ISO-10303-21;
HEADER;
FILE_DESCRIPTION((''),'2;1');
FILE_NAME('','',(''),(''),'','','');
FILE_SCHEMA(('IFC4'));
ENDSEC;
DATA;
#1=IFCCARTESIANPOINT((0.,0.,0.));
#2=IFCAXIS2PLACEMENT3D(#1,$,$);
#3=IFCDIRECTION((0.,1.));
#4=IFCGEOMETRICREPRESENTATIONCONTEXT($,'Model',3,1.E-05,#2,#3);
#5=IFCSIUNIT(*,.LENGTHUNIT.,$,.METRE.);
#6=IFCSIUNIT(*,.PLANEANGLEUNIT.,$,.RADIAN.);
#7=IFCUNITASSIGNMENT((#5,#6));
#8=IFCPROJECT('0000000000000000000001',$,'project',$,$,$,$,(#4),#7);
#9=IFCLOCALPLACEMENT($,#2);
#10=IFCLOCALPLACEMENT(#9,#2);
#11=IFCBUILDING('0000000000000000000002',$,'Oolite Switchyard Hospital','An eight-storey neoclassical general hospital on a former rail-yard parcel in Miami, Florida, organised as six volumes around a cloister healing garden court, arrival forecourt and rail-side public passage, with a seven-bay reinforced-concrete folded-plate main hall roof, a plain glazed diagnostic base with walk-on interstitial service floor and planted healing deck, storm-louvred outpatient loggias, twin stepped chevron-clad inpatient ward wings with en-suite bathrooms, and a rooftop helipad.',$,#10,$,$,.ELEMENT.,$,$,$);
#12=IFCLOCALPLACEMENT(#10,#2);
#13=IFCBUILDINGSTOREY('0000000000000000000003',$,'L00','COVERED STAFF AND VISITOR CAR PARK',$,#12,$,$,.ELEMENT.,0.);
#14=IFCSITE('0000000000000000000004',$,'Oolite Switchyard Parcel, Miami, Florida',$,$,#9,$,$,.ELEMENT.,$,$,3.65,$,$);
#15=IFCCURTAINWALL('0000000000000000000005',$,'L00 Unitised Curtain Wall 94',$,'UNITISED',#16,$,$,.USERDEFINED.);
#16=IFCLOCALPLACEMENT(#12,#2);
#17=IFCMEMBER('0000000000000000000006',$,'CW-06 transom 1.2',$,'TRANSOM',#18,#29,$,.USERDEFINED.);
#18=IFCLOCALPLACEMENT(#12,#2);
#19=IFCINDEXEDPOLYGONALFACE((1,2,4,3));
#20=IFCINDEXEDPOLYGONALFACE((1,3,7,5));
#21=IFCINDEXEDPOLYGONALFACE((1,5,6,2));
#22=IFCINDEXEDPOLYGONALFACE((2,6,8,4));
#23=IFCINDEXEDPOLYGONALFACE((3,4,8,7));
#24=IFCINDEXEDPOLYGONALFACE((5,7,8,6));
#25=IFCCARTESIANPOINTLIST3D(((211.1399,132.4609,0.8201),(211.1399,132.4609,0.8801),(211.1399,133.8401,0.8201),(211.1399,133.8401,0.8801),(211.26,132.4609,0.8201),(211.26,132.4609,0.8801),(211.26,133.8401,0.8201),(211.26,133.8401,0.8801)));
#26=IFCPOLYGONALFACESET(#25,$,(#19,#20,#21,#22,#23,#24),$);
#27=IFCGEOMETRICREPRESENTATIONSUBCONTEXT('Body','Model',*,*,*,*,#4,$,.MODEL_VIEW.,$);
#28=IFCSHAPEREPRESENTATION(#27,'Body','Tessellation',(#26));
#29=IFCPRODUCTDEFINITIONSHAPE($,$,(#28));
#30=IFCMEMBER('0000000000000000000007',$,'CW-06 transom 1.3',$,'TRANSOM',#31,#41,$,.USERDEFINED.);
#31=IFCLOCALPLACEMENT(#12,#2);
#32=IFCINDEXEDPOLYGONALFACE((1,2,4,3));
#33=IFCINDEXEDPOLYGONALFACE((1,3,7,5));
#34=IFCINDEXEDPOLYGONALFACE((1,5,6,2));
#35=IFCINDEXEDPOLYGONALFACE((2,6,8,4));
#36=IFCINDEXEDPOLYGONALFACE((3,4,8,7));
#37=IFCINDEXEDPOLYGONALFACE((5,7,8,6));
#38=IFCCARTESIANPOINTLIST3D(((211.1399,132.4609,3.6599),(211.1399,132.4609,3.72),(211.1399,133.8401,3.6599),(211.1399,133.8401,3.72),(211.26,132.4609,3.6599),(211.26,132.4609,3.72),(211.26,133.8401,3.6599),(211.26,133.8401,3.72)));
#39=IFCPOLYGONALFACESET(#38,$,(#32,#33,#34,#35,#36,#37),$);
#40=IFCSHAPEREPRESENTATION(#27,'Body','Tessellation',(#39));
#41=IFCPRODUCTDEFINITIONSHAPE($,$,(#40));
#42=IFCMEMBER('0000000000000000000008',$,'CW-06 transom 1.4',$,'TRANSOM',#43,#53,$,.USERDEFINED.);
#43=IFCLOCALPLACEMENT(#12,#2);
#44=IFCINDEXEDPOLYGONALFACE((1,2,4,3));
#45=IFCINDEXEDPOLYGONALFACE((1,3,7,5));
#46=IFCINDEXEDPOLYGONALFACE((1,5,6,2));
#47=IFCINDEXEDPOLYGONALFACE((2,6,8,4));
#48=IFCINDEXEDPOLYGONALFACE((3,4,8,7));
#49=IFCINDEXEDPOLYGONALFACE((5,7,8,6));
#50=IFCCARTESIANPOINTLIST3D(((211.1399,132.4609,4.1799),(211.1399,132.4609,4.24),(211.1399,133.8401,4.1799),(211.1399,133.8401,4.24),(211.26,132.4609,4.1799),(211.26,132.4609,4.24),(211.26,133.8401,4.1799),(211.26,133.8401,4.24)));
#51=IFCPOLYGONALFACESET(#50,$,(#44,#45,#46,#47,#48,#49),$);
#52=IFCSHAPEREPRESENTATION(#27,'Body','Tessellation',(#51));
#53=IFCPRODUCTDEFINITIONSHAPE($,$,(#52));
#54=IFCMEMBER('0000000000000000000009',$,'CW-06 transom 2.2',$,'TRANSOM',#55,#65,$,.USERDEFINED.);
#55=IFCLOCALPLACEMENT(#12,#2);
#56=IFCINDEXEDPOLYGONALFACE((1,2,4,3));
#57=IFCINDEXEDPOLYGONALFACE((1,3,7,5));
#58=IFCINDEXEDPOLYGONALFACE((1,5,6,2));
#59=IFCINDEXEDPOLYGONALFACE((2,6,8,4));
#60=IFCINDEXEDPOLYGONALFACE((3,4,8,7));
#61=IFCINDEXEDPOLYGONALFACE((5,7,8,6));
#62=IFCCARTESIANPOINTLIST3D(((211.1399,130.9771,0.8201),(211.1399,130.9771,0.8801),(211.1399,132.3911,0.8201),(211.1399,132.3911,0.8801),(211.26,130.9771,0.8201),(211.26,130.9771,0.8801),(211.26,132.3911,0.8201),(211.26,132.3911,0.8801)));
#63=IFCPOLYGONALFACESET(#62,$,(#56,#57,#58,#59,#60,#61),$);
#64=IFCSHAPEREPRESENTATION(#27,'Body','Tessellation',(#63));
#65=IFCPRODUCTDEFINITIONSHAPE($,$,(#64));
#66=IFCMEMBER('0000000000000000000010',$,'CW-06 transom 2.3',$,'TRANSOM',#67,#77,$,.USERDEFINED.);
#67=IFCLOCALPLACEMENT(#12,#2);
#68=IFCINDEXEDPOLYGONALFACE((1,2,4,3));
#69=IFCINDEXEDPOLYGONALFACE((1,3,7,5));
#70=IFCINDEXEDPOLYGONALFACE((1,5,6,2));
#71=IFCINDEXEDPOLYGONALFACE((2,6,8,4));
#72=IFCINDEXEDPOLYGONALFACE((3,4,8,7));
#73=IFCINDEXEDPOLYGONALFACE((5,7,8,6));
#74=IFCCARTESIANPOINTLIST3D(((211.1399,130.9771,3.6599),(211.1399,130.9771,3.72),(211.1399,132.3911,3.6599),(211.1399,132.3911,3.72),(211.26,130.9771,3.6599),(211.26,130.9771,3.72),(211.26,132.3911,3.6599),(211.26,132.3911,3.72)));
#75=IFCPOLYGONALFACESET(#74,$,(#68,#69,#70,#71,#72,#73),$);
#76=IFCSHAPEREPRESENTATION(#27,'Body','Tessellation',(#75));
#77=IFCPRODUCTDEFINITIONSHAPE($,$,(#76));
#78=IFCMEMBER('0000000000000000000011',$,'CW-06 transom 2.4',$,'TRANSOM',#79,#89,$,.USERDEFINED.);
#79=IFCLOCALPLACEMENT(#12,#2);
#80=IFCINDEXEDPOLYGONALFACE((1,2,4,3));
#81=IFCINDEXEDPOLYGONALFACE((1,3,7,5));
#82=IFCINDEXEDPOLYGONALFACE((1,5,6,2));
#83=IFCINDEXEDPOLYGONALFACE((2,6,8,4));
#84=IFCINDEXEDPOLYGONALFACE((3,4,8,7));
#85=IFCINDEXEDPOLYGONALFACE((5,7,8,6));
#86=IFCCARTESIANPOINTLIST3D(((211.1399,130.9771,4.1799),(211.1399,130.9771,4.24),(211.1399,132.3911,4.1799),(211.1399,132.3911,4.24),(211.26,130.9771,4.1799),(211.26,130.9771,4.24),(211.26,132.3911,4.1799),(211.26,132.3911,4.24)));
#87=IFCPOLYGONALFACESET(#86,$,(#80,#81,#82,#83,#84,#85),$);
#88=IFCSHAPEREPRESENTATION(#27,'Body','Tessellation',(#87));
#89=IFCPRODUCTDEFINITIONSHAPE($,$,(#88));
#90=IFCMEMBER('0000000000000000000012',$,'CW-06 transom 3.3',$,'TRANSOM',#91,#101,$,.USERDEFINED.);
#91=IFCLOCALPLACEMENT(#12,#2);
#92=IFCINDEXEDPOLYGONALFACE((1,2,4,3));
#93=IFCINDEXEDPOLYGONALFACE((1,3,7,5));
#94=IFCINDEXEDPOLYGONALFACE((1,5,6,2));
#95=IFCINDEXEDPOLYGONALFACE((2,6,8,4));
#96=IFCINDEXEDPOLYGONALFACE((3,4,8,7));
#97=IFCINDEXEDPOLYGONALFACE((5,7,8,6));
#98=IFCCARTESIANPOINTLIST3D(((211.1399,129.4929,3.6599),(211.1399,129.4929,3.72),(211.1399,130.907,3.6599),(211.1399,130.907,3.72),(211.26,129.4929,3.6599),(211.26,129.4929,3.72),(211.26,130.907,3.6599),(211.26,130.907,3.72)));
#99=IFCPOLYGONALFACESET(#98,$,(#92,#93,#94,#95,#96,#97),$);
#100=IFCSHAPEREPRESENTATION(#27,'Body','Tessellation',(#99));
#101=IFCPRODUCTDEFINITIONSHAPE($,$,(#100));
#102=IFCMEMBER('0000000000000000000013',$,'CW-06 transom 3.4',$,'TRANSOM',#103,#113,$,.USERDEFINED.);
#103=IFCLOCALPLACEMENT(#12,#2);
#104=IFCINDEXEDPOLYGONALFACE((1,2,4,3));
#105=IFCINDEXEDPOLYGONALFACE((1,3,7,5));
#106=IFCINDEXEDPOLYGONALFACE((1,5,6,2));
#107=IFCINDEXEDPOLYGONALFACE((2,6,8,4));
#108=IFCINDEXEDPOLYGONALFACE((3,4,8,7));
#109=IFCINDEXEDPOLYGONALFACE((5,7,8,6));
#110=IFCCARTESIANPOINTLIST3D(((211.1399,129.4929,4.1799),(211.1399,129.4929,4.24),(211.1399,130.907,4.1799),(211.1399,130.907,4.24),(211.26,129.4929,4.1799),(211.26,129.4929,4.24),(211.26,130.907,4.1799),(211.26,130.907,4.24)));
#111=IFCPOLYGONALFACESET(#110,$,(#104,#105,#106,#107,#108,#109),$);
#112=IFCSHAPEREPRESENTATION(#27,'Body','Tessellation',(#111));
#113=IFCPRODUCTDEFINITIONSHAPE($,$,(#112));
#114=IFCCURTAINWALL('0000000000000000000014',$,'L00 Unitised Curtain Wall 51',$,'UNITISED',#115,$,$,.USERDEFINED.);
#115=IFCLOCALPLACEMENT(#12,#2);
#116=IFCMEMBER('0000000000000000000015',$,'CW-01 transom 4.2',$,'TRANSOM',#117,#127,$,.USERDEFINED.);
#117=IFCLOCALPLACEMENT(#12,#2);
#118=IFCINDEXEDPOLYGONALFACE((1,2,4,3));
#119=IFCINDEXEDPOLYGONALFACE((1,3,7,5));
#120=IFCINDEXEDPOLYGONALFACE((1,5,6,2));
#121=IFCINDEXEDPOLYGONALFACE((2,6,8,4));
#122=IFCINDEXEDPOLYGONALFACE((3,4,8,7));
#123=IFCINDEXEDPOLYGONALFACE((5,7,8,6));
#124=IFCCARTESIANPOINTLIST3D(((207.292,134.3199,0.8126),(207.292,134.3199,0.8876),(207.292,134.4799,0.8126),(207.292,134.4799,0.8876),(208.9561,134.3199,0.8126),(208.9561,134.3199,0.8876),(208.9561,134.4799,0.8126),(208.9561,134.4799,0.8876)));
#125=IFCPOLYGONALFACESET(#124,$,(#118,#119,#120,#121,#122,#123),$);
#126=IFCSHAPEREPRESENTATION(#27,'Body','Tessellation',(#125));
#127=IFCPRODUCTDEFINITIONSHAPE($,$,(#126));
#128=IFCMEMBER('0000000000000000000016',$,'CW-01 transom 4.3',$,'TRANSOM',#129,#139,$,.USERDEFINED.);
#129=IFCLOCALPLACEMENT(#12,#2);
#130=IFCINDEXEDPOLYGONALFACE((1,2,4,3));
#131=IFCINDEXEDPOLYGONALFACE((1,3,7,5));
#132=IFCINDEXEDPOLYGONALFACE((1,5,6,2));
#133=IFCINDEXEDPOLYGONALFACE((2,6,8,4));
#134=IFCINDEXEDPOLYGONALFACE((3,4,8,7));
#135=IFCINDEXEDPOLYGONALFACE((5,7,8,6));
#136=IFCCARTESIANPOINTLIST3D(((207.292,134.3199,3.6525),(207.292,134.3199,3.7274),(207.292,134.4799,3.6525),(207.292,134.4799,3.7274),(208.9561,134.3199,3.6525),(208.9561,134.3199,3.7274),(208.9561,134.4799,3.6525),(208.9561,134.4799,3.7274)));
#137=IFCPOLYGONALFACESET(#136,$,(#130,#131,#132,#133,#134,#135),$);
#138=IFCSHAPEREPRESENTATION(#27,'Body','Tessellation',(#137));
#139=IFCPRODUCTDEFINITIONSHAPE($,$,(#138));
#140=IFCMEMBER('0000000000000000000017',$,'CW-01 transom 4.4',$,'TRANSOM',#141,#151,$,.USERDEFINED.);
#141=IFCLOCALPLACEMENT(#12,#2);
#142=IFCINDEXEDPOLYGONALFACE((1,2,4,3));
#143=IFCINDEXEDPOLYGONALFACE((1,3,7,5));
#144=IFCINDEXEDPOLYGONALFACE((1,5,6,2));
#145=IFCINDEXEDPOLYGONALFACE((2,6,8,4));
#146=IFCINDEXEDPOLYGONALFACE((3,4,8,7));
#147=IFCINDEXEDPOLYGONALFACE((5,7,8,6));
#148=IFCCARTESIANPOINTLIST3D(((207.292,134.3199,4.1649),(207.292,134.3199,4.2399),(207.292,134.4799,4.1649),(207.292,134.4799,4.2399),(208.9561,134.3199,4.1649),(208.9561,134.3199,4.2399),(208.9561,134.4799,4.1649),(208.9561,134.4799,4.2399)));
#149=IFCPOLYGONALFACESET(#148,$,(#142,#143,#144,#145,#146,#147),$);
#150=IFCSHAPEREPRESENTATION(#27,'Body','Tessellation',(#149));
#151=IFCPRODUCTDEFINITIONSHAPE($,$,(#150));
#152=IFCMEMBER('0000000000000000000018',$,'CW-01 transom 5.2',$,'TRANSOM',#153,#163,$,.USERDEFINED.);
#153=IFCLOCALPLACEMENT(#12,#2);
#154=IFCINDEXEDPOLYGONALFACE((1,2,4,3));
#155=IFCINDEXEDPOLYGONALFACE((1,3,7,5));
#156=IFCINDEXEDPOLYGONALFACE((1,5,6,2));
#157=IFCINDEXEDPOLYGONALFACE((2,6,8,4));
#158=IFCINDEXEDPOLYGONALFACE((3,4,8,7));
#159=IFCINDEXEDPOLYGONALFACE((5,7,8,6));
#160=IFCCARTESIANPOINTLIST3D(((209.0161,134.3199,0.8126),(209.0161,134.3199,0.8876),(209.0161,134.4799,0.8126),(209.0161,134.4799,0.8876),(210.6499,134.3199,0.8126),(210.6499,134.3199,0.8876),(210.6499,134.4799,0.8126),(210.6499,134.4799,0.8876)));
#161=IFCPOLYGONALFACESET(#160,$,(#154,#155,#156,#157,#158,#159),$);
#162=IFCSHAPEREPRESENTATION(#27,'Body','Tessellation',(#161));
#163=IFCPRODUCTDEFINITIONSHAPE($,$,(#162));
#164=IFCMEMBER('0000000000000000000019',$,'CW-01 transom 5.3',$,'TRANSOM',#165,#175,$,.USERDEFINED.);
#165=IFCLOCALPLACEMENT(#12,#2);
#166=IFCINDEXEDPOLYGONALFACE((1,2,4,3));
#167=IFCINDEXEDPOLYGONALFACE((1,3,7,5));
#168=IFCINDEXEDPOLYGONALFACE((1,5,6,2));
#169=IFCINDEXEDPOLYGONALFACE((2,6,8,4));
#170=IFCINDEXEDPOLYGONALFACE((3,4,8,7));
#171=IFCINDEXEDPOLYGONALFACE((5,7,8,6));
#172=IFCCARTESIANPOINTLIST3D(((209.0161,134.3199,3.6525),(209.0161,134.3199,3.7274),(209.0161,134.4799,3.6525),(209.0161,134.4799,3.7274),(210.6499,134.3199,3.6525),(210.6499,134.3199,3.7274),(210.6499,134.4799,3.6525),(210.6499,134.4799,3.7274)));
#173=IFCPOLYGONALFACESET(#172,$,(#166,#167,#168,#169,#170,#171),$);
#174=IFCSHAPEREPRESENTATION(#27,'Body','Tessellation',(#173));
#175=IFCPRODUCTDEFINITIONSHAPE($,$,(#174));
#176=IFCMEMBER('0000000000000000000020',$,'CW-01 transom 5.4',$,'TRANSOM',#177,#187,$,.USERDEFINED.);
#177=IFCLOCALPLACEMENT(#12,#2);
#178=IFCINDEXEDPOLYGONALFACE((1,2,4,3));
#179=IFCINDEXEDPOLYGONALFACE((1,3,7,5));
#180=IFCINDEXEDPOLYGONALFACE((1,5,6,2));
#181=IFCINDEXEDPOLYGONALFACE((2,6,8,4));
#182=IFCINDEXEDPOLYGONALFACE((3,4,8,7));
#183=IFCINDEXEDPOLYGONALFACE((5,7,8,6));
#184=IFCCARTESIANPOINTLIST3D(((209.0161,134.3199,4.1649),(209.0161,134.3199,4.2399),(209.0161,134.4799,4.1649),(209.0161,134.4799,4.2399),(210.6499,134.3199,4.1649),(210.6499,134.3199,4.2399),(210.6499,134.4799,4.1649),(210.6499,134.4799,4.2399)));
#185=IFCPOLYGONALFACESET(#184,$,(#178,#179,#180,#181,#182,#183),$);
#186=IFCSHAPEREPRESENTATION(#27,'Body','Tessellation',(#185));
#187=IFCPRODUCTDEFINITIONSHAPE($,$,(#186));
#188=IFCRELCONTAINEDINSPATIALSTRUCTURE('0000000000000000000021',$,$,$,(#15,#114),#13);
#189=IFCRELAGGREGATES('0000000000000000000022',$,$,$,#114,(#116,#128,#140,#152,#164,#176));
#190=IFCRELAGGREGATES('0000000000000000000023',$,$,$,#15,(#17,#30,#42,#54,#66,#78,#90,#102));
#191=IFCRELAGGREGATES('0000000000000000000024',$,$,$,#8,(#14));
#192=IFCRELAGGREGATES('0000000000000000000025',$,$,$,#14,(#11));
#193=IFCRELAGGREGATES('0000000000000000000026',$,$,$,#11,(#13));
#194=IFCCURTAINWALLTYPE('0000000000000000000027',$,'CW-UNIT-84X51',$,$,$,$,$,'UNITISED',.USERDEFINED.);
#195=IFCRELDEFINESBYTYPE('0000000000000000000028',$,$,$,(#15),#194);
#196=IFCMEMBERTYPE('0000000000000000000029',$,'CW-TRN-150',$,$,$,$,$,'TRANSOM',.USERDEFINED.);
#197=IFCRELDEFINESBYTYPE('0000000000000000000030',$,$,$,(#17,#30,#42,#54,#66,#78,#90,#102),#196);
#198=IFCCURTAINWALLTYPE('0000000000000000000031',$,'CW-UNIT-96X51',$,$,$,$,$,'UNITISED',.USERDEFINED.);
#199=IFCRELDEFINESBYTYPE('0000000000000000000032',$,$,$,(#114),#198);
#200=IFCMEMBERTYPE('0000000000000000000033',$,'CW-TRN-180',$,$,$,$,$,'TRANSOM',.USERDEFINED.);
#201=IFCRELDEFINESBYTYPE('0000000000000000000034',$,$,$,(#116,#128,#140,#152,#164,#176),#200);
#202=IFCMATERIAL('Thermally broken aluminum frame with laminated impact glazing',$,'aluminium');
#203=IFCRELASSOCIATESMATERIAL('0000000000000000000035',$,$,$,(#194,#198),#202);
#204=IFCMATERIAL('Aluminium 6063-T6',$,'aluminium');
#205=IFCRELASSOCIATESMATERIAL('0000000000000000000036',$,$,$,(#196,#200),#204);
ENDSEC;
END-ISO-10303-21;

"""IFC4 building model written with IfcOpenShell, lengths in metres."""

from ifc_helpers import new_model, si_unit, direction, frame, origin, origin_2d, place, context, subcontext, project, spatial, rectangle, extrude, material, material_profile, profile_set, type_object, element, aggregate, save


model = new_model("IFC4")

# Units and contexts
model_context = context("Model", 3, precision=1e-05, world=origin(), true_north=direction((0.0, 1.0)))
body_context = subcontext(model_context, "Body", "Model", "MODEL_VIEW")
ifc_project = project(units=[si_unit("LENGTHUNIT", "METRE"), si_unit("PLANEANGLEUNIT", "RADIAN")], contexts=[model_context])

# Site, building, storey
site_placement = place(None, origin())
site = spatial("IfcSite", under=ifc_project, at=site_placement, Name="Oolite Switchyard Parcel, Miami, Florida", CompositionType="ELEMENT", RefElevation=3.65)
building_placement = place(site_placement, origin())
building = spatial("IfcBuilding", under=site, at=building_placement, Name="Oolite Switchyard Hospital", Description="An eight-storey neoclassical general hospital on a former rail-yard parcel in Miami, Florida, organised as six volumes around a cloister healing garden court, arrival forecourt and rail-side public passage, with a seven-bay reinforced-concrete folded-plate main hall roof, a plain glazed diagnostic base with walk-on interstitial service floor and planted healing deck, storm-louvred outpatient loggias, twin stepped chevron-clad inpatient ward wings with en-suite bathrooms, and a rooftop helipad.", CompositionType="ELEMENT")
storey_placement = place(building_placement, origin())
storey = spatial("IfcBuildingStorey", under=building, at=storey_placement, Name="L00", Description="COVERED STAFF AND VISITOR CAR PARK", CompositionType="ELEMENT", Elevation=0.0)

# Curtain wall, members
ifc_material_1 = material(Name="Thermally broken aluminum frame with laminated impact glazing", Category="aluminium")
curtain_wall_type_1 = type_object("IfcCurtainWallType", Name="CW-UNIT-84X51", ElementType="UNITISED", PredefinedType="USERDEFINED", material=ifc_material_1)
curtain_wall_1_placement = place(storey_placement, origin())
curtain_wall_1 = element("IfcCurtainWall", 1, at=curtain_wall_1_placement, inside=storey, type_object=curtain_wall_type_1, Name="L00 Unitised Curtain Wall 94", ObjectType="UNITISED", PredefinedType="USERDEFINED")
ifc_material_2 = material(Name="Aluminium 6063-T6", Category="aluminium")
ifc_material_profile_1 = material_profile(ifc_material_2, rectangle(XDim=0.1201, YDim=0.0601, at=origin_2d()), Name="CWT60X120")
ifc_profile_set_1 = profile_set([ifc_material_profile_1], Name="Aluminium 6063-T6")
member_type_1 = type_object("IfcMemberType", Name="CW-TRN-150", ElementType="TRANSOM", PredefinedType="USERDEFINED", material=ifc_profile_set_1)
member_1_placement = place(storey_placement, frame((211.2, 133.8401, 0.8501), z_axis=(0.0, -1.0, 0.0), x_axis=(1.0, 0.0, 0.0)))
member_1 = element("IfcMember", 2, at=member_1_placement, type_object=member_type_1, Name="CW-06 transom 1.2", ObjectType="TRANSOM", PredefinedType="USERDEFINED", context=body_context, shape_type="SweptSolid", body=[
    extrude(rectangle(XDim=0.1201, YDim=0.0601, at=origin_2d()), origin(), (0.0, 0.0, 1.0), 1.3792),
])
member_2_placement = place(storey_placement, frame((211.2, 133.8401, 3.6899), z_axis=(0.0, -1.0, 0.0), x_axis=(1.0, 0.0, 0.0)))
member_2 = element("IfcMember", 3, at=member_2_placement, type_object=member_type_1, Name="CW-06 transom 1.3", ObjectType="TRANSOM", PredefinedType="USERDEFINED", context=body_context, shape_type="SweptSolid", body=[
    extrude(rectangle(XDim=0.1201, YDim=0.0601, at=origin_2d()), origin(), (0.0, 0.0, 1.0), 1.3792),
])
member_3_placement = place(storey_placement, frame((211.2, 133.8401, 4.21), z_axis=(0.0, -1.0, 0.0), x_axis=(1.0, 0.0, 0.0)))
member_3 = element("IfcMember", 4, at=member_3_placement, type_object=member_type_1, Name="CW-06 transom 1.4", ObjectType="TRANSOM", PredefinedType="USERDEFINED", context=body_context, shape_type="SweptSolid", body=[
    extrude(rectangle(XDim=0.1201, YDim=0.0601, at=origin_2d()), origin(), (0.0, 0.0, 1.0), 1.3792),
])
member_4_placement = place(storey_placement, frame((211.2, 132.3911, 0.8501), z_axis=(0.0, -1.0, 0.0), x_axis=(1.0, 0.0, 0.0)))
member_4 = element("IfcMember", 5, at=member_4_placement, type_object=member_type_1, Name="CW-06 transom 2.2", ObjectType="TRANSOM", PredefinedType="USERDEFINED", context=body_context, shape_type="SweptSolid", body=[
    extrude(rectangle(XDim=0.1201, YDim=0.0601, at=origin_2d()), origin(), (0.0, 0.0, 1.0), 1.4141),
])
member_5_placement = place(storey_placement, frame((211.2, 132.3911, 3.6899), z_axis=(0.0, -1.0, 0.0), x_axis=(1.0, 0.0, 0.0)))
member_5 = element("IfcMember", 6, at=member_5_placement, type_object=member_type_1, Name="CW-06 transom 2.3", ObjectType="TRANSOM", PredefinedType="USERDEFINED", context=body_context, shape_type="SweptSolid", body=[
    extrude(rectangle(XDim=0.1201, YDim=0.0601, at=origin_2d()), origin(), (0.0, 0.0, 1.0), 1.4141),
])
member_6_placement = place(storey_placement, frame((211.2, 132.3911, 4.21), z_axis=(0.0, -1.0, 0.0), x_axis=(1.0, 0.0, 0.0)))
member_6 = element("IfcMember", 7, at=member_6_placement, type_object=member_type_1, Name="CW-06 transom 2.4", ObjectType="TRANSOM", PredefinedType="USERDEFINED", context=body_context, shape_type="SweptSolid", body=[
    extrude(rectangle(XDim=0.1201, YDim=0.0601, at=origin_2d()), origin(), (0.0, 0.0, 1.0), 1.4141),
])
member_7_placement = place(storey_placement, frame((211.2, 130.907, 3.6899), z_axis=(0.0, -1.0, 0.0), x_axis=(1.0, 0.0, 0.0)))
member_7 = element("IfcMember", 8, at=member_7_placement, type_object=member_type_1, Name="CW-06 transom 3.3", ObjectType="TRANSOM", PredefinedType="USERDEFINED", context=body_context, shape_type="SweptSolid", body=[
    extrude(rectangle(XDim=0.1201, YDim=0.0601, at=origin_2d()), origin(), (0.0, 0.0, 1.0), 1.4141),
])
member_8_placement = place(storey_placement, frame((211.2, 130.907, 4.21), z_axis=(0.0, -1.0, 0.0), x_axis=(1.0, 0.0, 0.0)))
member_8 = element("IfcMember", 9, at=member_8_placement, type_object=member_type_1, Name="CW-06 transom 3.4", ObjectType="TRANSOM", PredefinedType="USERDEFINED", context=body_context, shape_type="SweptSolid", body=[
    extrude(rectangle(XDim=0.1201, YDim=0.0601, at=origin_2d()), origin(), (0.0, 0.0, 1.0), 1.4141),
])

# Curtain wall, members
curtain_wall_type_2 = type_object("IfcCurtainWallType", Name="CW-UNIT-96X51", ElementType="UNITISED", PredefinedType="USERDEFINED", material=ifc_material_1)
curtain_wall_2_placement = place(storey_placement, origin())
curtain_wall_2 = element("IfcCurtainWall", 10, at=curtain_wall_2_placement, inside=storey, type_object=curtain_wall_type_2, Name="L00 Unitised Curtain Wall 51", ObjectType="UNITISED", PredefinedType="USERDEFINED")
ifc_material_profile_2 = material_profile(ifc_material_2, rectangle(XDim=0.1599, YDim=0.075, at=origin_2d()), Name="CWT75X160")
ifc_profile_set_2 = profile_set([ifc_material_profile_2], Name="Aluminium 6063-T6")
member_type_2 = type_object("IfcMemberType", Name="CW-TRN-180", ElementType="TRANSOM", PredefinedType="USERDEFINED", material=ifc_profile_set_2)
member_9_placement = place(storey_placement, frame((207.292, 134.3999, 0.8501), z_axis=(1.0, 0.0, 0.0), x_axis=(0.0, 1.0, 0.0)))
member_9 = element("IfcMember", 11, at=member_9_placement, type_object=member_type_2, Name="CW-01 transom 4.2", ObjectType="TRANSOM", PredefinedType="USERDEFINED", context=body_context, shape_type="SweptSolid", body=[
    extrude(rectangle(XDim=0.1599, YDim=0.075, at=origin_2d()), origin(), (0.0, 0.0, 1.0), 1.6641),
])
member_10_placement = place(storey_placement, frame((207.292, 134.3999, 3.6899), z_axis=(1.0, 0.0, 0.0), x_axis=(0.0, 1.0, 0.0)))
member_10 = element("IfcMember", 12, at=member_10_placement, type_object=member_type_2, Name="CW-01 transom 4.3", ObjectType="TRANSOM", PredefinedType="USERDEFINED", context=body_context, shape_type="SweptSolid", body=[
    extrude(rectangle(XDim=0.1599, YDim=0.075, at=origin_2d()), origin(), (0.0, 0.0, 1.0), 1.6641),
])
member_11_placement = place(storey_placement, frame((207.292, 134.3999, 4.2024), z_axis=(1.0, 0.0, 0.0), x_axis=(0.0, 1.0, 0.0)))
member_11 = element("IfcMember", 13, at=member_11_placement, type_object=member_type_2, Name="CW-01 transom 4.4", ObjectType="TRANSOM", PredefinedType="USERDEFINED", context=body_context, shape_type="SweptSolid", body=[
    extrude(rectangle(XDim=0.1599, YDim=0.075, at=origin_2d()), origin(), (0.0, 0.0, 1.0), 1.6641),
])
member_12_placement = place(storey_placement, frame((209.0161, 134.3999, 0.8501), z_axis=(1.0, 0.0, 0.0), x_axis=(0.0, 1.0, 0.0)))
member_12 = element("IfcMember", 14, at=member_12_placement, type_object=member_type_2, Name="CW-01 transom 5.2", ObjectType="TRANSOM", PredefinedType="USERDEFINED", context=body_context, shape_type="SweptSolid", body=[
    extrude(rectangle(XDim=0.1599, YDim=0.075, at=origin_2d()), origin(), (0.0, 0.0, 1.0), 1.6338),
])
member_13_placement = place(storey_placement, frame((209.0161, 134.3999, 3.6899), z_axis=(1.0, 0.0, 0.0), x_axis=(0.0, 1.0, 0.0)))
member_13 = element("IfcMember", 15, at=member_13_placement, type_object=member_type_2, Name="CW-01 transom 5.3", ObjectType="TRANSOM", PredefinedType="USERDEFINED", context=body_context, shape_type="SweptSolid", body=[
    extrude(rectangle(XDim=0.1599, YDim=0.075, at=origin_2d()), origin(), (0.0, 0.0, 1.0), 1.6338),
])
member_14_placement = place(storey_placement, frame((209.0161, 134.3999, 4.2024), z_axis=(1.0, 0.0, 0.0), x_axis=(0.0, 1.0, 0.0)))
member_14 = element("IfcMember", 16, at=member_14_placement, type_object=member_type_2, Name="CW-01 transom 5.4", ObjectType="TRANSOM", PredefinedType="USERDEFINED", context=body_context, shape_type="SweptSolid", body=[
    extrude(rectangle(XDim=0.1599, YDim=0.075, at=origin_2d()), origin(), (0.0, 0.0, 1.0), 1.6338),
])
aggregate(curtain_wall_2, [member_9, member_10, member_11, member_12, member_13, member_14])

aggregate(curtain_wall_1, [member_1, member_2, member_3, member_4, member_5, member_6, member_7, member_8])

save(model, "model.ifc")
